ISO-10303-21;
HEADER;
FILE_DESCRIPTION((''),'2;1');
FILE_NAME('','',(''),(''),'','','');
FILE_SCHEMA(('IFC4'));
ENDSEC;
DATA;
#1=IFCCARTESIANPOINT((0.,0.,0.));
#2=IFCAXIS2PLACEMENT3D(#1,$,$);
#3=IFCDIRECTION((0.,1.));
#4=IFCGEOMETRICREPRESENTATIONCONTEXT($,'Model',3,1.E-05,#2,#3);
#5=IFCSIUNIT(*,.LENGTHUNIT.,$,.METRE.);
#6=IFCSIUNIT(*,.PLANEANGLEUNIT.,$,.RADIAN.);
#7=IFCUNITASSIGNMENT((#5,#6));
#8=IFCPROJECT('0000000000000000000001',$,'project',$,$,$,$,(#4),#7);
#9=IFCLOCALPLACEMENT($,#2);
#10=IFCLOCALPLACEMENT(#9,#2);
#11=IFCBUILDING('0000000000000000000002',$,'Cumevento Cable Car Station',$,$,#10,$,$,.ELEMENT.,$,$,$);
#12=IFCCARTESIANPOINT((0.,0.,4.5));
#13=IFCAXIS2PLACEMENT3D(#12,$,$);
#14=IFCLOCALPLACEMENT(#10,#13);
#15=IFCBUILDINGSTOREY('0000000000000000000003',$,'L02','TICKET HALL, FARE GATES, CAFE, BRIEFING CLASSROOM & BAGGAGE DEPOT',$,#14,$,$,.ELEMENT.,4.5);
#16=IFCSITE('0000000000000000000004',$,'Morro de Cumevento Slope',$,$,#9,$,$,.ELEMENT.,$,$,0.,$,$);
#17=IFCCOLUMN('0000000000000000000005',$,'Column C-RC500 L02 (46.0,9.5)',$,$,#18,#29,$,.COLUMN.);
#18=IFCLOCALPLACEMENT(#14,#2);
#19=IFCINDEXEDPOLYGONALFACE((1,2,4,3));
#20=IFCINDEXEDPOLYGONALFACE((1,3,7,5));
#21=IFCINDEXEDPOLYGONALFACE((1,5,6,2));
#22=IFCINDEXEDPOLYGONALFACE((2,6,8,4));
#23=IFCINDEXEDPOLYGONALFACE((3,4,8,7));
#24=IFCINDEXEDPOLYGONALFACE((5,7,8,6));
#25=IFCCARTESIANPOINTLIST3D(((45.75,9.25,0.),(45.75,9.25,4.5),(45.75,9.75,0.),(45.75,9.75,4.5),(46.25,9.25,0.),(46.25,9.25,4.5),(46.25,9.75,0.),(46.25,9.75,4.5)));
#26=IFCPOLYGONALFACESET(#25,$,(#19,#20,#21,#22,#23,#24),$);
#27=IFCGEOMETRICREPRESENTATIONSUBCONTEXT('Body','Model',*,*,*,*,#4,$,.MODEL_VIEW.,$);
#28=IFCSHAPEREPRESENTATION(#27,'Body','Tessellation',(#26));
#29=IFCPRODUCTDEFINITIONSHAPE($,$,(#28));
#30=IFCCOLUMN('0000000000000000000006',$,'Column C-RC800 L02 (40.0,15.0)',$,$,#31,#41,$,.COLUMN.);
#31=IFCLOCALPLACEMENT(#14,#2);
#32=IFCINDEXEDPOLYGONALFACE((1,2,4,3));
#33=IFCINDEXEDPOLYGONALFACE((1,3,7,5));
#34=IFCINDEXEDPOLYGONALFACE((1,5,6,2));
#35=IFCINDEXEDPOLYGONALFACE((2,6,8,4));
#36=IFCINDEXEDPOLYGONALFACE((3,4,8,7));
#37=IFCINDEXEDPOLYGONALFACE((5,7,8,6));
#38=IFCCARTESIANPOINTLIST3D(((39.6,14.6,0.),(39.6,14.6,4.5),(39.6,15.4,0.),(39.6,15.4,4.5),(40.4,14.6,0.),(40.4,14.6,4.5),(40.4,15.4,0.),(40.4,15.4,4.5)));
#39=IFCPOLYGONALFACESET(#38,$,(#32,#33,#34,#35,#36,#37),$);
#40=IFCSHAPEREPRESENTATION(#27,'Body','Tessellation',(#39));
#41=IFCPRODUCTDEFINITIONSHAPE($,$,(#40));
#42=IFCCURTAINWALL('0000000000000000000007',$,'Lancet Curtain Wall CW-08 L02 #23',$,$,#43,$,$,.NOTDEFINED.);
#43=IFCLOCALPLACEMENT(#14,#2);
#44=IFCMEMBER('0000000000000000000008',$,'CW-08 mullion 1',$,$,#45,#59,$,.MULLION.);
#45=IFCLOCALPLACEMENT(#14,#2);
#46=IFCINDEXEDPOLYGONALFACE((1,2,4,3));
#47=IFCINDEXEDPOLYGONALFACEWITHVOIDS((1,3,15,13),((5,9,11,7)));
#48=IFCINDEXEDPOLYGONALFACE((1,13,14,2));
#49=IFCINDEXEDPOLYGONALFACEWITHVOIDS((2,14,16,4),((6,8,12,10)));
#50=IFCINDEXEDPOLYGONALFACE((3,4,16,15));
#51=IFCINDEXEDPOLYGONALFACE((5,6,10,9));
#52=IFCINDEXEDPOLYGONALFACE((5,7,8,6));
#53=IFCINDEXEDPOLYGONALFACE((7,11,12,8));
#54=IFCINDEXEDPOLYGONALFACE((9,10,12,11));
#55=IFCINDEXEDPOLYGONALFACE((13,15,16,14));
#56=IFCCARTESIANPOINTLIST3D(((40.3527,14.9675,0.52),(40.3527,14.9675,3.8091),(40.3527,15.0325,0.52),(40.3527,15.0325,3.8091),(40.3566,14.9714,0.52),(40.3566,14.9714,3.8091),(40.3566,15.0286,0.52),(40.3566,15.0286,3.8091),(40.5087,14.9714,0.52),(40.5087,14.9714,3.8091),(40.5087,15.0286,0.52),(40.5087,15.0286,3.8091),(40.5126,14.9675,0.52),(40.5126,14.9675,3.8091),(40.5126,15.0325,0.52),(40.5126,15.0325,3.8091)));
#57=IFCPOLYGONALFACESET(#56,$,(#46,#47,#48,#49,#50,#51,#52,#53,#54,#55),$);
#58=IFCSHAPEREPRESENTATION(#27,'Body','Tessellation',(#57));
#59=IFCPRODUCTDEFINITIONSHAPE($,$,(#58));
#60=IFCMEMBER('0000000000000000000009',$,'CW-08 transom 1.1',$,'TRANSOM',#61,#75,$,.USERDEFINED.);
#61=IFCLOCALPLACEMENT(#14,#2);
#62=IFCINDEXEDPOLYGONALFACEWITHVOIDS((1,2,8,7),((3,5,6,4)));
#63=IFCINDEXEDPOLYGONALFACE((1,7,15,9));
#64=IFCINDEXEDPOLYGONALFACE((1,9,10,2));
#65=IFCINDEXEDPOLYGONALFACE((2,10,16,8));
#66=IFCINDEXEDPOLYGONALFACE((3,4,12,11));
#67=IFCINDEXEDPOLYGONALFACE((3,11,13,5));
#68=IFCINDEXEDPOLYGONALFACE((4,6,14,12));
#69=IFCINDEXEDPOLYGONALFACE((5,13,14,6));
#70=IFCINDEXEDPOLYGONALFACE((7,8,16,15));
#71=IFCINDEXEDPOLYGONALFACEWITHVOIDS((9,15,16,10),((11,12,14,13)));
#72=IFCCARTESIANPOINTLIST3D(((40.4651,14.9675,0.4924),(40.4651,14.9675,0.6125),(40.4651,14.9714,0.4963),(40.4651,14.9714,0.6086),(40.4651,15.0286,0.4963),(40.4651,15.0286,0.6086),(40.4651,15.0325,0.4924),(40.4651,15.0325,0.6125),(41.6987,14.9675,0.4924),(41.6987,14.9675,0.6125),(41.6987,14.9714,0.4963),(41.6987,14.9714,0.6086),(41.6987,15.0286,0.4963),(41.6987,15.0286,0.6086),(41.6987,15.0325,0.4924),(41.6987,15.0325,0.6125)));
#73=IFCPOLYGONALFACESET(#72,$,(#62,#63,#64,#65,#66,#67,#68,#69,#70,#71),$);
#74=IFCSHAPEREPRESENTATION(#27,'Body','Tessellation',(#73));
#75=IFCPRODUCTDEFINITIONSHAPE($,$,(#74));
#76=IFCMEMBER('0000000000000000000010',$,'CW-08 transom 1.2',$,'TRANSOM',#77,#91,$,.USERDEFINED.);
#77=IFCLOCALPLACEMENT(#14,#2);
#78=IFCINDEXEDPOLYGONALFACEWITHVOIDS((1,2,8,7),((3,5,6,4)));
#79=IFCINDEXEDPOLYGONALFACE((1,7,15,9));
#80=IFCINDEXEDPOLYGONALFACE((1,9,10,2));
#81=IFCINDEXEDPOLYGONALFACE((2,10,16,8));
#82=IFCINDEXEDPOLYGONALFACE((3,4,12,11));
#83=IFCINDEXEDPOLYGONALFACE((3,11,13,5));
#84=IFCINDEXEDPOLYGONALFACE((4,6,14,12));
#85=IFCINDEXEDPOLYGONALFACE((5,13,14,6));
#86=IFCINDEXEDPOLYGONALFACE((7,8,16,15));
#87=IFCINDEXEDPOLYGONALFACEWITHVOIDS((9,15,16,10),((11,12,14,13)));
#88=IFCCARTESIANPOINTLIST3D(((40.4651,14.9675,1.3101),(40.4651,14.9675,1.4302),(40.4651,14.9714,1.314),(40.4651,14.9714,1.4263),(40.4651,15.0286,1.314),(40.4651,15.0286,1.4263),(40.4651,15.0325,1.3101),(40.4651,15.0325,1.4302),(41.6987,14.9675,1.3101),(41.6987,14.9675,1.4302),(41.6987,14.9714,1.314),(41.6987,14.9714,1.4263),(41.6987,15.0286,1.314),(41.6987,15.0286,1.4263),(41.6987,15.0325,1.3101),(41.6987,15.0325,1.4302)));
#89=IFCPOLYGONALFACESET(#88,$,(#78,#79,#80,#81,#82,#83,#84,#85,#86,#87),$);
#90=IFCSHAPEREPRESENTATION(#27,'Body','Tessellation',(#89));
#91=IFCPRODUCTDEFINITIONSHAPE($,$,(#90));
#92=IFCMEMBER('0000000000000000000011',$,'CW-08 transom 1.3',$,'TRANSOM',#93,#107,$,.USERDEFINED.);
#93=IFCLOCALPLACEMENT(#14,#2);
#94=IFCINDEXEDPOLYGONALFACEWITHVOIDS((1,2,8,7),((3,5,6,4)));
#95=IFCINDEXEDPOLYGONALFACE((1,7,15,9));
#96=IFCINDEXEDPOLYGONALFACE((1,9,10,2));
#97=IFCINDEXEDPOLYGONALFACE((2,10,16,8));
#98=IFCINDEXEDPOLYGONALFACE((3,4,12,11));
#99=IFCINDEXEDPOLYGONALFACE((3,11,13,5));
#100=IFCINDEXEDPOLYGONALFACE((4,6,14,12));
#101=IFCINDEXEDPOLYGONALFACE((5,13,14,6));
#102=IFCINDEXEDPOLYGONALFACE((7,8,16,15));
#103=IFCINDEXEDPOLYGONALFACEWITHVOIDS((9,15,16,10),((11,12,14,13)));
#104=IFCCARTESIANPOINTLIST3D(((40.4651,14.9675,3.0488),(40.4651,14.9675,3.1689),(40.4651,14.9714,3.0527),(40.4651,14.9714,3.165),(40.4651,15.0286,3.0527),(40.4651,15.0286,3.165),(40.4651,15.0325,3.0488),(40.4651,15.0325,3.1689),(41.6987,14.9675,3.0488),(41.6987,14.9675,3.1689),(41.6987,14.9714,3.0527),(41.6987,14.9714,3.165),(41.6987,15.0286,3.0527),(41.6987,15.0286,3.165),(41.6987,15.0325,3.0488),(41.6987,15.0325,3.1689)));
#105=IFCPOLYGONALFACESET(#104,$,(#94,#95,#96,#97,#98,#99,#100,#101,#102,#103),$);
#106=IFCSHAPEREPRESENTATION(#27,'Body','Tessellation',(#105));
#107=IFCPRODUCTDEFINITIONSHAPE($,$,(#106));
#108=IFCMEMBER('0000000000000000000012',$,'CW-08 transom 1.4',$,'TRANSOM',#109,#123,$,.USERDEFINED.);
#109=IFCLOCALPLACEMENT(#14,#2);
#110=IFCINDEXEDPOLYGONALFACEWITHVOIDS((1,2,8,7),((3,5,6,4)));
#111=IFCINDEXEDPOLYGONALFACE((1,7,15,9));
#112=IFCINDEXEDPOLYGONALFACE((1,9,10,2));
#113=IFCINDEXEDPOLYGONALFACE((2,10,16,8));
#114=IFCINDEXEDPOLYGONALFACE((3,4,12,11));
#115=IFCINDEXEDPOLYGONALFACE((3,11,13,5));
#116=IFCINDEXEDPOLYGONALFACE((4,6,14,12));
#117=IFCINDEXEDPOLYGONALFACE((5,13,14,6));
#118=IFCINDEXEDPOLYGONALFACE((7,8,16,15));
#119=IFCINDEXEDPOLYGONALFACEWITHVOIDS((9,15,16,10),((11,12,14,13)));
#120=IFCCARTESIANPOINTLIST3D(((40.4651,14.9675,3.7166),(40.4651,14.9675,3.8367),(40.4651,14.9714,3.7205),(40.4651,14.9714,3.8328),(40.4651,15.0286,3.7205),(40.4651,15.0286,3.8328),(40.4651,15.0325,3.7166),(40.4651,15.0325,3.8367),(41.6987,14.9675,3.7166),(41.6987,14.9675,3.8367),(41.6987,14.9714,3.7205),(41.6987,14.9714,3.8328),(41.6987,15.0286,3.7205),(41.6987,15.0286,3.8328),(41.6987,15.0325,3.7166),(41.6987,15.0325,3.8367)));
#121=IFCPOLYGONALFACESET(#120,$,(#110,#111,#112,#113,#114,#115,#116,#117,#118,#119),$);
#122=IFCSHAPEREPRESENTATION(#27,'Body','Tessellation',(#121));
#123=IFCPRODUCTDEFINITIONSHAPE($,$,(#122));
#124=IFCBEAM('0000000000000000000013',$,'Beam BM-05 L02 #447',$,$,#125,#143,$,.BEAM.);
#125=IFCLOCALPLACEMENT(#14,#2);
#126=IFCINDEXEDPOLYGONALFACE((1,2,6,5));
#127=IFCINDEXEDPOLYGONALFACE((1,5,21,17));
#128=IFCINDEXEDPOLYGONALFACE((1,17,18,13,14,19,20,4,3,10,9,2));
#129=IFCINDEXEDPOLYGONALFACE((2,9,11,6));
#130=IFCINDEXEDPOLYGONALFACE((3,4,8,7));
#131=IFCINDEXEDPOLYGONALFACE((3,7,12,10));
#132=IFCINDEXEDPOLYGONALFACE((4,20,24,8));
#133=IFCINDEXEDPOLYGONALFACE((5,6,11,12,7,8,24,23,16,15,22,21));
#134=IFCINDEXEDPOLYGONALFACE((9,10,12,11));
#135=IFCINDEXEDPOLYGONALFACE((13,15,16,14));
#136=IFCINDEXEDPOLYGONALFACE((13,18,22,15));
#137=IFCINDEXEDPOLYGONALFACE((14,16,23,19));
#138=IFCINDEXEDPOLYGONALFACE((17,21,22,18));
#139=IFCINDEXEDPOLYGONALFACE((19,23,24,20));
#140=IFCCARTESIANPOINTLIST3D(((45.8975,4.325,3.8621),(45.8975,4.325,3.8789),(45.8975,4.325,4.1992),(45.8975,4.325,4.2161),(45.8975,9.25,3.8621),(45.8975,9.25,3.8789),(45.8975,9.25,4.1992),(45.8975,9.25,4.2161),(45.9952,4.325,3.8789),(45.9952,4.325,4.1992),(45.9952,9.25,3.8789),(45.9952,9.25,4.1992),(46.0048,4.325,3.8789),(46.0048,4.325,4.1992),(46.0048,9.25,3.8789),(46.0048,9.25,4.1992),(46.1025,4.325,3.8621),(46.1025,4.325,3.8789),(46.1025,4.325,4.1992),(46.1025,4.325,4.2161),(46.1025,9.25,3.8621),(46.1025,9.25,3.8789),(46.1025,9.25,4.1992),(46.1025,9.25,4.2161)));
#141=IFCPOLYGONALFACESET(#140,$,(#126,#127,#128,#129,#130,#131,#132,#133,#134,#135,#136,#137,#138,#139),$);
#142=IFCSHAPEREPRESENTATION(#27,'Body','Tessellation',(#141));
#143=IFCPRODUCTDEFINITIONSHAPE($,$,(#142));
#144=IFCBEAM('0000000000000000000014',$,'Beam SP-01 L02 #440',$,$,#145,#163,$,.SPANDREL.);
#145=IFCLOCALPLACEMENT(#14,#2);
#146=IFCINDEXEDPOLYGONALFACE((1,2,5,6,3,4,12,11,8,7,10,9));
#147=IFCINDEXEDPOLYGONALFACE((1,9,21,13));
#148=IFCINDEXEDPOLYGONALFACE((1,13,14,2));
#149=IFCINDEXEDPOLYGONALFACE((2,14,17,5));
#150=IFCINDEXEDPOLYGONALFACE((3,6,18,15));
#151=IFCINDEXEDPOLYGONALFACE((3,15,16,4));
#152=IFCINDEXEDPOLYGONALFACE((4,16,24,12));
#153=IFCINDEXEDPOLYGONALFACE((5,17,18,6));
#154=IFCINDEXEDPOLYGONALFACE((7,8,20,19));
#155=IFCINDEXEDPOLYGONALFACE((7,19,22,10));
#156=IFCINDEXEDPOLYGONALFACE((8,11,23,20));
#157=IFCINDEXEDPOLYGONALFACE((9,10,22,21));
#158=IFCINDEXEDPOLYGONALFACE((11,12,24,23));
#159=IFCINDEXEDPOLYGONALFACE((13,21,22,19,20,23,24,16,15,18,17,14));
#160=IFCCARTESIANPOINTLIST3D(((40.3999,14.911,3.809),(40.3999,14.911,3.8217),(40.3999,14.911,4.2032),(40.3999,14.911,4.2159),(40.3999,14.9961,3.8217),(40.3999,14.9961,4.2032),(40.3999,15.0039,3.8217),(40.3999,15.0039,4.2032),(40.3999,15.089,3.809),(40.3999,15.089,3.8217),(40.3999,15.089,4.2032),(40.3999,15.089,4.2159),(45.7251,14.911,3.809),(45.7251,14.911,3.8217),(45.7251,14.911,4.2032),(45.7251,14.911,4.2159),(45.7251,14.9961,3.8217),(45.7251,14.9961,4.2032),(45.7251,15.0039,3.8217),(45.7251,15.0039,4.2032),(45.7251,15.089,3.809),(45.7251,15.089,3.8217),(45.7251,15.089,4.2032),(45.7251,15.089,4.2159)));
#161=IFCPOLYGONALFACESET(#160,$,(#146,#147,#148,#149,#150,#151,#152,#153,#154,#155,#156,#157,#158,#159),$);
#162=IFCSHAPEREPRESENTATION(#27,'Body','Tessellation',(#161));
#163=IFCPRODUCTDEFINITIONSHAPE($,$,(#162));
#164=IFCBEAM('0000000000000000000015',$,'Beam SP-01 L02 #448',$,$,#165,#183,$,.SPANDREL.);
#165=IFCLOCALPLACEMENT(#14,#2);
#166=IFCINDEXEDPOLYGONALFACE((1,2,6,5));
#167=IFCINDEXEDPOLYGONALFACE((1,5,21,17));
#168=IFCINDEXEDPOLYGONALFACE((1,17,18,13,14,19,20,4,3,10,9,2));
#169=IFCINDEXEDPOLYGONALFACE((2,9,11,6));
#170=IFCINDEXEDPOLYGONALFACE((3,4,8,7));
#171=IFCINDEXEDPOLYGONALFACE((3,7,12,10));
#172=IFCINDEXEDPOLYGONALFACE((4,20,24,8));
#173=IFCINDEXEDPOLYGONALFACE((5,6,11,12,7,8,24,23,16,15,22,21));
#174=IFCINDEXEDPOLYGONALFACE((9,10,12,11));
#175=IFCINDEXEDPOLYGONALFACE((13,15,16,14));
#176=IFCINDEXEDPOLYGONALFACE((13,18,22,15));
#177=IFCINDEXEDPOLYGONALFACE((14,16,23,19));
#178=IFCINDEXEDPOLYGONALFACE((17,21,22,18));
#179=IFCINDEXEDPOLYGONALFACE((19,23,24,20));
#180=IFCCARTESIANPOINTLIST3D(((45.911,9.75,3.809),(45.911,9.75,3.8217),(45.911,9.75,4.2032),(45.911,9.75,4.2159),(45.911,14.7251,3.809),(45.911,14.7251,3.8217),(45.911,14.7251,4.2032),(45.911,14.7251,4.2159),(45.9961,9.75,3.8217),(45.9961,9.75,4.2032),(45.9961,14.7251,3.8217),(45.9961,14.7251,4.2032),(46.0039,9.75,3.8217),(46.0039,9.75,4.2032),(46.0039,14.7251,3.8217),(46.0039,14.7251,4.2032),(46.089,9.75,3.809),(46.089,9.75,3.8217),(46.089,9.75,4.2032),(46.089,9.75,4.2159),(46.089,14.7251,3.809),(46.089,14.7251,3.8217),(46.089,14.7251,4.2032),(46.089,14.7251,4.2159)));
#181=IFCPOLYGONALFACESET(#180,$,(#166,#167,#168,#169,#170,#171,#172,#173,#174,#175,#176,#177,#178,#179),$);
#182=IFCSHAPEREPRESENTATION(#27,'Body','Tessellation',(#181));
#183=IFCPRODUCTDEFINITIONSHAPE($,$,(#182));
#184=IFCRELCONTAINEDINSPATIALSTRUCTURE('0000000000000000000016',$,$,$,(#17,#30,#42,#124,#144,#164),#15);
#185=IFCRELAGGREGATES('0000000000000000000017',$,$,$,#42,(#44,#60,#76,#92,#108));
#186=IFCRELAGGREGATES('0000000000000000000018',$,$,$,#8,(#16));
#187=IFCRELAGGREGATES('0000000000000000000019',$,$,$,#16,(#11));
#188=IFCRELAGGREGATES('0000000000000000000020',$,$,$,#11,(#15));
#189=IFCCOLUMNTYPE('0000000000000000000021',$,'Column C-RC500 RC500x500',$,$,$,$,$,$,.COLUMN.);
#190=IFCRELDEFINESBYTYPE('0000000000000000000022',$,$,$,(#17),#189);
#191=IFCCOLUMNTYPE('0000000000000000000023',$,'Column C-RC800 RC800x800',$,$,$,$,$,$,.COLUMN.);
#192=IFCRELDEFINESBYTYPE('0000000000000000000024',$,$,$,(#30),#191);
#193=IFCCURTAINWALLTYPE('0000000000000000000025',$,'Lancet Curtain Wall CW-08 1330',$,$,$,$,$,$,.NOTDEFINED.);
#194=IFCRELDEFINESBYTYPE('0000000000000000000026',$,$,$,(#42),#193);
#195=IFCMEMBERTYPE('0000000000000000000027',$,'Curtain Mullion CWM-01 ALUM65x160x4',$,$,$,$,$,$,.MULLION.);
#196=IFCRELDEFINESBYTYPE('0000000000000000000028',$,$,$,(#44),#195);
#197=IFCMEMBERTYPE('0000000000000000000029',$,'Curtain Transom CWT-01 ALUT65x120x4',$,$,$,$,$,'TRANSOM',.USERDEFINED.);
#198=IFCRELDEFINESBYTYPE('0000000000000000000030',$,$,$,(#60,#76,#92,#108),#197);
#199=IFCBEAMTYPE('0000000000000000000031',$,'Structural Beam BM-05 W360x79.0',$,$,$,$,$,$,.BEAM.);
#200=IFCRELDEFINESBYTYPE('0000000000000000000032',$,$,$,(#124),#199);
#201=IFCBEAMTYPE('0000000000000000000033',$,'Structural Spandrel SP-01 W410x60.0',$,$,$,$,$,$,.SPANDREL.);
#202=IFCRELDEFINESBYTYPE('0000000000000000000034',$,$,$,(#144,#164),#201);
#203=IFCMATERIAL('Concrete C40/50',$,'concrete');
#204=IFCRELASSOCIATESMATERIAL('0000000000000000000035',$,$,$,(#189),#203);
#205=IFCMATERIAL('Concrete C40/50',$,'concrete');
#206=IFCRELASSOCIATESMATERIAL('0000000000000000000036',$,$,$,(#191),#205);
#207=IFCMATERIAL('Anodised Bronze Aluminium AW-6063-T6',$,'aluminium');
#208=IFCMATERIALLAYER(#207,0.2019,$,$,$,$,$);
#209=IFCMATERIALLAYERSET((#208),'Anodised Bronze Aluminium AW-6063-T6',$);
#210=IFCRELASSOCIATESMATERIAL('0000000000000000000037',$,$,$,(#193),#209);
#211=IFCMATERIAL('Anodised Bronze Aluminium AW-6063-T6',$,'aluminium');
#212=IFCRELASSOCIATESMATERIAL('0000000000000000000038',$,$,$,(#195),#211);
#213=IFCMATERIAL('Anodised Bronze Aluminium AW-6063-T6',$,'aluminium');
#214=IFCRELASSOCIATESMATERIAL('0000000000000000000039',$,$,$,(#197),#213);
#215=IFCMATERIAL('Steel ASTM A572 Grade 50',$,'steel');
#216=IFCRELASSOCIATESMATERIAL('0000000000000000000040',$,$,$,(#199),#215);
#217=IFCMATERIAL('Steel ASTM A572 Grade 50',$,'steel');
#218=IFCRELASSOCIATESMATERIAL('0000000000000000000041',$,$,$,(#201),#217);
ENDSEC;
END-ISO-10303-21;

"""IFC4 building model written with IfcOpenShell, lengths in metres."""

from ifc_helpers import new_model, si_unit, direction, frame, origin, origin_2d, place, context, subcontext, project, spatial, rectangle, hollow_rectangle, i_section, extrude, material, layer, layer_set, material_profile, profile_set, type_object, element, aggregate, save


model = new_model("IFC4")

# Units and contexts
model_context = context("Model", 3, precision=1e-05, world=origin(), true_north=direction((0.0, 1.0)))
body_context = subcontext(model_context, "Body", "Model", "MODEL_VIEW")
ifc_project = project(units=[si_unit("LENGTHUNIT", "METRE"), si_unit("PLANEANGLEUNIT", "RADIAN")], contexts=[model_context])

# Site, building, storey
site_placement = place(None, origin())
site = spatial("IfcSite", under=ifc_project, at=site_placement, Name="Morro de Cumevento Slope", CompositionType="ELEMENT", RefElevation=0.0)
building_placement = place(site_placement, origin())
building = spatial("IfcBuilding", under=site, at=building_placement, Name="Cumevento Cable Car Station", CompositionType="ELEMENT")
storey_placement = place(building_placement, frame((0.0, 0.0, 4.5)))
storey = spatial("IfcBuildingStorey", under=building, at=storey_placement, Name="L02", Description="TICKET HALL, FARE GATES, CAFE, BRIEFING CLASSROOM & BAGGAGE DEPOT", CompositionType="ELEMENT", Elevation=4.5)

# Columns
ifc_material_1 = material(Name="Concrete C40/50", Category="concrete")
ifc_material_profile_1 = material_profile(ifc_material_1, rectangle(XDim=0.5, YDim=0.5, at=origin_2d()), Name="RC500x500")
ifc_profile_set_1 = profile_set([ifc_material_profile_1], Name="Concrete C40/50")
column_type_1 = type_object("IfcColumnType", Name="Column C-RC500 RC500x500", PredefinedType="COLUMN", material=ifc_profile_set_1)
column_1_placement = place(storey_placement, frame((46.0, 9.5, 0.0), z_axis=(0.0, 0.0, 1.0), x_axis=(1.0, 0.0, 0.0)))
element("IfcColumn", 1, at=column_1_placement, inside=storey, type_object=column_type_1, Name="Column C-RC500 L02 (46.0,9.5)", PredefinedType="COLUMN", context=body_context, shape_type="SweptSolid", body=[
    extrude(rectangle(XDim=0.5, YDim=0.5, at=origin_2d()), origin(), (0.0, 0.0, 1.0), 4.5),
])
ifc_material_2 = material(Name="Concrete C40/50", Category="concrete")
ifc_material_profile_2 = material_profile(ifc_material_2, rectangle(XDim=0.8, YDim=0.8, at=origin_2d()), Name="RC800x800")
ifc_profile_set_2 = profile_set([ifc_material_profile_2], Name="Concrete C40/50")
column_type_2 = type_object("IfcColumnType", Name="Column C-RC800 RC800x800", PredefinedType="COLUMN", material=ifc_profile_set_2)
column_2_placement = place(storey_placement, frame((40.0, 15.0, 0.0), z_axis=(0.0, 0.0, 1.0), x_axis=(1.0, 0.0, 0.0)))
element("IfcColumn", 2, at=column_2_placement, inside=storey, type_object=column_type_2, Name="Column C-RC800 L02 (40.0,15.0)", PredefinedType="COLUMN", context=body_context, shape_type="SweptSolid", body=[
    extrude(rectangle(XDim=0.8, YDim=0.8, at=origin_2d()), origin(), (0.0, 0.0, 1.0), 4.5),
])

# Curtain wall, members
ifc_material_3 = material(Name="Anodised Bronze Aluminium AW-6063-T6", Category="aluminium")
ifc_layer_1 = layer(ifc_material_3, 0.2019)
ifc_layer_set_1 = layer_set([ifc_layer_1], Name="Anodised Bronze Aluminium AW-6063-T6")
curtain_wall_type = type_object("IfcCurtainWallType", Name="Lancet Curtain Wall CW-08 1330", PredefinedType="NOTDEFINED", material=ifc_layer_set_1)
curtain_wall_placement = place(storey_placement, origin())
curtain_wall = element("IfcCurtainWall", 3, at=curtain_wall_placement, inside=storey, type_object=curtain_wall_type, Name="Lancet Curtain Wall CW-08 L02 #23", PredefinedType="NOTDEFINED")
ifc_material_4 = material(Name="Anodised Bronze Aluminium AW-6063-T6", Category="aluminium")
ifc_material_profile_3 = material_profile(ifc_material_4, hollow_rectangle(XDim=0.0649, YDim=0.1599, WallThickness=0.0039, at=origin_2d()), Name="ALUM65x160x4")
ifc_profile_set_3 = profile_set([ifc_material_profile_3], Name="Anodised Bronze Aluminium AW-6063-T6")
member_type_1 = type_object("IfcMemberType", Name="Curtain Mullion CWM-01 ALUM65x160x4", PredefinedType="MULLION", material=ifc_profile_set_3)
member_1_placement = place(storey_placement, frame((40.4326, 15.0, 0.52), z_axis=(0.0, 0.0, 1.0), x_axis=(0.0, 1.0, 0.0)))
member_1 = element("IfcMember", 4, at=member_1_placement, type_object=member_type_1, Name="CW-08 mullion 1", PredefinedType="MULLION", context=body_context, shape_type="SweptSolid", body=[
    extrude(hollow_rectangle(XDim=0.0649, YDim=0.1599, WallThickness=0.0039, at=origin_2d()), origin(), (0.0, 0.0, 1.0), 3.2891),
])
ifc_material_5 = material(Name="Anodised Bronze Aluminium AW-6063-T6", Category="aluminium")
ifc_material_profile_4 = material_profile(ifc_material_5, hollow_rectangle(XDim=0.0649, YDim=0.1201, WallThickness=0.0039, at=origin_2d()), Name="ALUT65x120x4")
ifc_profile_set_4 = profile_set([ifc_material_profile_4], Name="Anodised Bronze Aluminium AW-6063-T6")
member_type_2 = type_object("IfcMemberType", Name="Curtain Transom CWT-01 ALUT65x120x4", ElementType="TRANSOM", PredefinedType="USERDEFINED", material=ifc_profile_set_4)
member_2_placement = place(storey_placement, frame((40.4651, 15.0, 0.5525), z_axis=(1.0, 0.0, 0.0), x_axis=(0.0, 1.0, 0.0)))
member_2 = element("IfcMember", 5, at=member_2_placement, type_object=member_type_2, Name="CW-08 transom 1.1", ObjectType="TRANSOM", PredefinedType="USERDEFINED", context=body_context, shape_type="SweptSolid", body=[
    extrude(hollow_rectangle(XDim=0.0649, YDim=0.1201, WallThickness=0.0039, at=origin_2d()), origin(), (0.0, 0.0, 1.0), 1.2336),
])
member_3_placement = place(storey_placement, frame((40.4651, 15.0, 1.3701), z_axis=(1.0, 0.0, 0.0), x_axis=(0.0, 1.0, 0.0)))
member_3 = element("IfcMember", 6, at=member_3_placement, type_object=member_type_2, Name="CW-08 transom 1.2", ObjectType="TRANSOM", PredefinedType="USERDEFINED", context=body_context, shape_type="SweptSolid", body=[
    extrude(hollow_rectangle(XDim=0.0649, YDim=0.1201, WallThickness=0.0039, at=origin_2d()), origin(), (0.0, 0.0, 1.0), 1.2336),
])
member_4_placement = place(storey_placement, frame((40.4651, 15.0, 3.1089), z_axis=(1.0, 0.0, 0.0), x_axis=(0.0, 1.0, 0.0)))
member_4 = element("IfcMember", 7, at=member_4_placement, type_object=member_type_2, Name="CW-08 transom 1.3", ObjectType="TRANSOM", PredefinedType="USERDEFINED", context=body_context, shape_type="SweptSolid", body=[
    extrude(hollow_rectangle(XDim=0.0649, YDim=0.1201, WallThickness=0.0039, at=origin_2d()), origin(), (0.0, 0.0, 1.0), 1.2336),
])
member_5_placement = place(storey_placement, frame((40.4651, 15.0, 3.7766), z_axis=(1.0, 0.0, 0.0), x_axis=(0.0, 1.0, 0.0)))
member_5 = element("IfcMember", 8, at=member_5_placement, type_object=member_type_2, Name="CW-08 transom 1.4", ObjectType="TRANSOM", PredefinedType="USERDEFINED", context=body_context, shape_type="SweptSolid", body=[
    extrude(hollow_rectangle(XDim=0.0649, YDim=0.1201, WallThickness=0.0039, at=origin_2d()), origin(), (0.0, 0.0, 1.0), 1.2336),
])

# Beams
ifc_material_6 = material(Name="Steel ASTM A572 Grade 50", Category="steel")
ifc_material_profile_5 = material_profile(ifc_material_6, i_section(OverallWidth=0.2051, OverallDepth=0.354, WebThickness=0.0095, FlangeThickness=0.0168, at=origin_2d()), Name="W360x79.0")
ifc_profile_set_5 = profile_set([ifc_material_profile_5], Name="Steel ASTM A572 Grade 50")
beam_type_1 = type_object("IfcBeamType", Name="Structural Beam BM-05 W360x79.0", PredefinedType="BEAM", material=ifc_profile_set_5)
beam_1_placement = place(storey_placement, frame((46.0, 4.325, 4.0391), z_axis=(0.0, 1.0, 0.0), x_axis=(-1.0, 0.0, 0.0)))
element("IfcBeam", 9, at=beam_1_placement, inside=storey, type_object=beam_type_1, Name="Beam BM-05 L02 #447", PredefinedType="BEAM", context=body_context, shape_type="SweptSolid", body=[
    extrude(i_section(OverallWidth=0.2051, OverallDepth=0.354, WebThickness=0.0095, FlangeThickness=0.0168, at=origin_2d()), origin(), (0.0, 0.0, 1.0), 4.925),
])
ifc_material_7 = material(Name="Steel ASTM A572 Grade 50", Category="steel")
ifc_material_profile_6 = material_profile(ifc_material_7, i_section(OverallWidth=0.178, OverallDepth=0.407, WebThickness=0.0078, FlangeThickness=0.0127, at=origin_2d()), Name="W410x60.0")
ifc_profile_set_6 = profile_set([ifc_material_profile_6], Name="Steel ASTM A572 Grade 50")
beam_type_2 = type_object("IfcBeamType", Name="Structural Spandrel SP-01 W410x60.0", PredefinedType="SPANDREL", material=ifc_profile_set_6)
beam_2_placement = place(storey_placement, frame((40.3999, 15.0, 4.0125), z_axis=(1.0, 0.0, 0.0), x_axis=(0.0, 1.0, 0.0)))
element("IfcBeam", 10, at=beam_2_placement, inside=storey, type_object=beam_type_2, Name="Beam SP-01 L02 #440", PredefinedType="SPANDREL", context=body_context, shape_type="SweptSolid", body=[
    extrude(i_section(OverallWidth=0.178, OverallDepth=0.407, WebThickness=0.0078, FlangeThickness=0.0127, at=origin_2d()), origin(), (0.0, 0.0, 1.0), 5.3252),
])
beam_3_placement = place(storey_placement, frame((46.0, 9.75, 4.0125), z_axis=(0.0, 1.0, 0.0), x_axis=(-1.0, 0.0, 0.0)))
element("IfcBeam", 11, at=beam_3_placement, inside=storey, type_object=beam_type_2, Name="Beam SP-01 L02 #448", PredefinedType="SPANDREL", context=body_context, shape_type="SweptSolid", body=[
    extrude(i_section(OverallWidth=0.178, OverallDepth=0.407, WebThickness=0.0078, FlangeThickness=0.0127, at=origin_2d()), origin(), (0.0, 0.0, 1.0), 4.9751),
])

aggregate(curtain_wall, [member_1, member_2, member_3, member_4, member_5])

save(model, "model.ifc")
